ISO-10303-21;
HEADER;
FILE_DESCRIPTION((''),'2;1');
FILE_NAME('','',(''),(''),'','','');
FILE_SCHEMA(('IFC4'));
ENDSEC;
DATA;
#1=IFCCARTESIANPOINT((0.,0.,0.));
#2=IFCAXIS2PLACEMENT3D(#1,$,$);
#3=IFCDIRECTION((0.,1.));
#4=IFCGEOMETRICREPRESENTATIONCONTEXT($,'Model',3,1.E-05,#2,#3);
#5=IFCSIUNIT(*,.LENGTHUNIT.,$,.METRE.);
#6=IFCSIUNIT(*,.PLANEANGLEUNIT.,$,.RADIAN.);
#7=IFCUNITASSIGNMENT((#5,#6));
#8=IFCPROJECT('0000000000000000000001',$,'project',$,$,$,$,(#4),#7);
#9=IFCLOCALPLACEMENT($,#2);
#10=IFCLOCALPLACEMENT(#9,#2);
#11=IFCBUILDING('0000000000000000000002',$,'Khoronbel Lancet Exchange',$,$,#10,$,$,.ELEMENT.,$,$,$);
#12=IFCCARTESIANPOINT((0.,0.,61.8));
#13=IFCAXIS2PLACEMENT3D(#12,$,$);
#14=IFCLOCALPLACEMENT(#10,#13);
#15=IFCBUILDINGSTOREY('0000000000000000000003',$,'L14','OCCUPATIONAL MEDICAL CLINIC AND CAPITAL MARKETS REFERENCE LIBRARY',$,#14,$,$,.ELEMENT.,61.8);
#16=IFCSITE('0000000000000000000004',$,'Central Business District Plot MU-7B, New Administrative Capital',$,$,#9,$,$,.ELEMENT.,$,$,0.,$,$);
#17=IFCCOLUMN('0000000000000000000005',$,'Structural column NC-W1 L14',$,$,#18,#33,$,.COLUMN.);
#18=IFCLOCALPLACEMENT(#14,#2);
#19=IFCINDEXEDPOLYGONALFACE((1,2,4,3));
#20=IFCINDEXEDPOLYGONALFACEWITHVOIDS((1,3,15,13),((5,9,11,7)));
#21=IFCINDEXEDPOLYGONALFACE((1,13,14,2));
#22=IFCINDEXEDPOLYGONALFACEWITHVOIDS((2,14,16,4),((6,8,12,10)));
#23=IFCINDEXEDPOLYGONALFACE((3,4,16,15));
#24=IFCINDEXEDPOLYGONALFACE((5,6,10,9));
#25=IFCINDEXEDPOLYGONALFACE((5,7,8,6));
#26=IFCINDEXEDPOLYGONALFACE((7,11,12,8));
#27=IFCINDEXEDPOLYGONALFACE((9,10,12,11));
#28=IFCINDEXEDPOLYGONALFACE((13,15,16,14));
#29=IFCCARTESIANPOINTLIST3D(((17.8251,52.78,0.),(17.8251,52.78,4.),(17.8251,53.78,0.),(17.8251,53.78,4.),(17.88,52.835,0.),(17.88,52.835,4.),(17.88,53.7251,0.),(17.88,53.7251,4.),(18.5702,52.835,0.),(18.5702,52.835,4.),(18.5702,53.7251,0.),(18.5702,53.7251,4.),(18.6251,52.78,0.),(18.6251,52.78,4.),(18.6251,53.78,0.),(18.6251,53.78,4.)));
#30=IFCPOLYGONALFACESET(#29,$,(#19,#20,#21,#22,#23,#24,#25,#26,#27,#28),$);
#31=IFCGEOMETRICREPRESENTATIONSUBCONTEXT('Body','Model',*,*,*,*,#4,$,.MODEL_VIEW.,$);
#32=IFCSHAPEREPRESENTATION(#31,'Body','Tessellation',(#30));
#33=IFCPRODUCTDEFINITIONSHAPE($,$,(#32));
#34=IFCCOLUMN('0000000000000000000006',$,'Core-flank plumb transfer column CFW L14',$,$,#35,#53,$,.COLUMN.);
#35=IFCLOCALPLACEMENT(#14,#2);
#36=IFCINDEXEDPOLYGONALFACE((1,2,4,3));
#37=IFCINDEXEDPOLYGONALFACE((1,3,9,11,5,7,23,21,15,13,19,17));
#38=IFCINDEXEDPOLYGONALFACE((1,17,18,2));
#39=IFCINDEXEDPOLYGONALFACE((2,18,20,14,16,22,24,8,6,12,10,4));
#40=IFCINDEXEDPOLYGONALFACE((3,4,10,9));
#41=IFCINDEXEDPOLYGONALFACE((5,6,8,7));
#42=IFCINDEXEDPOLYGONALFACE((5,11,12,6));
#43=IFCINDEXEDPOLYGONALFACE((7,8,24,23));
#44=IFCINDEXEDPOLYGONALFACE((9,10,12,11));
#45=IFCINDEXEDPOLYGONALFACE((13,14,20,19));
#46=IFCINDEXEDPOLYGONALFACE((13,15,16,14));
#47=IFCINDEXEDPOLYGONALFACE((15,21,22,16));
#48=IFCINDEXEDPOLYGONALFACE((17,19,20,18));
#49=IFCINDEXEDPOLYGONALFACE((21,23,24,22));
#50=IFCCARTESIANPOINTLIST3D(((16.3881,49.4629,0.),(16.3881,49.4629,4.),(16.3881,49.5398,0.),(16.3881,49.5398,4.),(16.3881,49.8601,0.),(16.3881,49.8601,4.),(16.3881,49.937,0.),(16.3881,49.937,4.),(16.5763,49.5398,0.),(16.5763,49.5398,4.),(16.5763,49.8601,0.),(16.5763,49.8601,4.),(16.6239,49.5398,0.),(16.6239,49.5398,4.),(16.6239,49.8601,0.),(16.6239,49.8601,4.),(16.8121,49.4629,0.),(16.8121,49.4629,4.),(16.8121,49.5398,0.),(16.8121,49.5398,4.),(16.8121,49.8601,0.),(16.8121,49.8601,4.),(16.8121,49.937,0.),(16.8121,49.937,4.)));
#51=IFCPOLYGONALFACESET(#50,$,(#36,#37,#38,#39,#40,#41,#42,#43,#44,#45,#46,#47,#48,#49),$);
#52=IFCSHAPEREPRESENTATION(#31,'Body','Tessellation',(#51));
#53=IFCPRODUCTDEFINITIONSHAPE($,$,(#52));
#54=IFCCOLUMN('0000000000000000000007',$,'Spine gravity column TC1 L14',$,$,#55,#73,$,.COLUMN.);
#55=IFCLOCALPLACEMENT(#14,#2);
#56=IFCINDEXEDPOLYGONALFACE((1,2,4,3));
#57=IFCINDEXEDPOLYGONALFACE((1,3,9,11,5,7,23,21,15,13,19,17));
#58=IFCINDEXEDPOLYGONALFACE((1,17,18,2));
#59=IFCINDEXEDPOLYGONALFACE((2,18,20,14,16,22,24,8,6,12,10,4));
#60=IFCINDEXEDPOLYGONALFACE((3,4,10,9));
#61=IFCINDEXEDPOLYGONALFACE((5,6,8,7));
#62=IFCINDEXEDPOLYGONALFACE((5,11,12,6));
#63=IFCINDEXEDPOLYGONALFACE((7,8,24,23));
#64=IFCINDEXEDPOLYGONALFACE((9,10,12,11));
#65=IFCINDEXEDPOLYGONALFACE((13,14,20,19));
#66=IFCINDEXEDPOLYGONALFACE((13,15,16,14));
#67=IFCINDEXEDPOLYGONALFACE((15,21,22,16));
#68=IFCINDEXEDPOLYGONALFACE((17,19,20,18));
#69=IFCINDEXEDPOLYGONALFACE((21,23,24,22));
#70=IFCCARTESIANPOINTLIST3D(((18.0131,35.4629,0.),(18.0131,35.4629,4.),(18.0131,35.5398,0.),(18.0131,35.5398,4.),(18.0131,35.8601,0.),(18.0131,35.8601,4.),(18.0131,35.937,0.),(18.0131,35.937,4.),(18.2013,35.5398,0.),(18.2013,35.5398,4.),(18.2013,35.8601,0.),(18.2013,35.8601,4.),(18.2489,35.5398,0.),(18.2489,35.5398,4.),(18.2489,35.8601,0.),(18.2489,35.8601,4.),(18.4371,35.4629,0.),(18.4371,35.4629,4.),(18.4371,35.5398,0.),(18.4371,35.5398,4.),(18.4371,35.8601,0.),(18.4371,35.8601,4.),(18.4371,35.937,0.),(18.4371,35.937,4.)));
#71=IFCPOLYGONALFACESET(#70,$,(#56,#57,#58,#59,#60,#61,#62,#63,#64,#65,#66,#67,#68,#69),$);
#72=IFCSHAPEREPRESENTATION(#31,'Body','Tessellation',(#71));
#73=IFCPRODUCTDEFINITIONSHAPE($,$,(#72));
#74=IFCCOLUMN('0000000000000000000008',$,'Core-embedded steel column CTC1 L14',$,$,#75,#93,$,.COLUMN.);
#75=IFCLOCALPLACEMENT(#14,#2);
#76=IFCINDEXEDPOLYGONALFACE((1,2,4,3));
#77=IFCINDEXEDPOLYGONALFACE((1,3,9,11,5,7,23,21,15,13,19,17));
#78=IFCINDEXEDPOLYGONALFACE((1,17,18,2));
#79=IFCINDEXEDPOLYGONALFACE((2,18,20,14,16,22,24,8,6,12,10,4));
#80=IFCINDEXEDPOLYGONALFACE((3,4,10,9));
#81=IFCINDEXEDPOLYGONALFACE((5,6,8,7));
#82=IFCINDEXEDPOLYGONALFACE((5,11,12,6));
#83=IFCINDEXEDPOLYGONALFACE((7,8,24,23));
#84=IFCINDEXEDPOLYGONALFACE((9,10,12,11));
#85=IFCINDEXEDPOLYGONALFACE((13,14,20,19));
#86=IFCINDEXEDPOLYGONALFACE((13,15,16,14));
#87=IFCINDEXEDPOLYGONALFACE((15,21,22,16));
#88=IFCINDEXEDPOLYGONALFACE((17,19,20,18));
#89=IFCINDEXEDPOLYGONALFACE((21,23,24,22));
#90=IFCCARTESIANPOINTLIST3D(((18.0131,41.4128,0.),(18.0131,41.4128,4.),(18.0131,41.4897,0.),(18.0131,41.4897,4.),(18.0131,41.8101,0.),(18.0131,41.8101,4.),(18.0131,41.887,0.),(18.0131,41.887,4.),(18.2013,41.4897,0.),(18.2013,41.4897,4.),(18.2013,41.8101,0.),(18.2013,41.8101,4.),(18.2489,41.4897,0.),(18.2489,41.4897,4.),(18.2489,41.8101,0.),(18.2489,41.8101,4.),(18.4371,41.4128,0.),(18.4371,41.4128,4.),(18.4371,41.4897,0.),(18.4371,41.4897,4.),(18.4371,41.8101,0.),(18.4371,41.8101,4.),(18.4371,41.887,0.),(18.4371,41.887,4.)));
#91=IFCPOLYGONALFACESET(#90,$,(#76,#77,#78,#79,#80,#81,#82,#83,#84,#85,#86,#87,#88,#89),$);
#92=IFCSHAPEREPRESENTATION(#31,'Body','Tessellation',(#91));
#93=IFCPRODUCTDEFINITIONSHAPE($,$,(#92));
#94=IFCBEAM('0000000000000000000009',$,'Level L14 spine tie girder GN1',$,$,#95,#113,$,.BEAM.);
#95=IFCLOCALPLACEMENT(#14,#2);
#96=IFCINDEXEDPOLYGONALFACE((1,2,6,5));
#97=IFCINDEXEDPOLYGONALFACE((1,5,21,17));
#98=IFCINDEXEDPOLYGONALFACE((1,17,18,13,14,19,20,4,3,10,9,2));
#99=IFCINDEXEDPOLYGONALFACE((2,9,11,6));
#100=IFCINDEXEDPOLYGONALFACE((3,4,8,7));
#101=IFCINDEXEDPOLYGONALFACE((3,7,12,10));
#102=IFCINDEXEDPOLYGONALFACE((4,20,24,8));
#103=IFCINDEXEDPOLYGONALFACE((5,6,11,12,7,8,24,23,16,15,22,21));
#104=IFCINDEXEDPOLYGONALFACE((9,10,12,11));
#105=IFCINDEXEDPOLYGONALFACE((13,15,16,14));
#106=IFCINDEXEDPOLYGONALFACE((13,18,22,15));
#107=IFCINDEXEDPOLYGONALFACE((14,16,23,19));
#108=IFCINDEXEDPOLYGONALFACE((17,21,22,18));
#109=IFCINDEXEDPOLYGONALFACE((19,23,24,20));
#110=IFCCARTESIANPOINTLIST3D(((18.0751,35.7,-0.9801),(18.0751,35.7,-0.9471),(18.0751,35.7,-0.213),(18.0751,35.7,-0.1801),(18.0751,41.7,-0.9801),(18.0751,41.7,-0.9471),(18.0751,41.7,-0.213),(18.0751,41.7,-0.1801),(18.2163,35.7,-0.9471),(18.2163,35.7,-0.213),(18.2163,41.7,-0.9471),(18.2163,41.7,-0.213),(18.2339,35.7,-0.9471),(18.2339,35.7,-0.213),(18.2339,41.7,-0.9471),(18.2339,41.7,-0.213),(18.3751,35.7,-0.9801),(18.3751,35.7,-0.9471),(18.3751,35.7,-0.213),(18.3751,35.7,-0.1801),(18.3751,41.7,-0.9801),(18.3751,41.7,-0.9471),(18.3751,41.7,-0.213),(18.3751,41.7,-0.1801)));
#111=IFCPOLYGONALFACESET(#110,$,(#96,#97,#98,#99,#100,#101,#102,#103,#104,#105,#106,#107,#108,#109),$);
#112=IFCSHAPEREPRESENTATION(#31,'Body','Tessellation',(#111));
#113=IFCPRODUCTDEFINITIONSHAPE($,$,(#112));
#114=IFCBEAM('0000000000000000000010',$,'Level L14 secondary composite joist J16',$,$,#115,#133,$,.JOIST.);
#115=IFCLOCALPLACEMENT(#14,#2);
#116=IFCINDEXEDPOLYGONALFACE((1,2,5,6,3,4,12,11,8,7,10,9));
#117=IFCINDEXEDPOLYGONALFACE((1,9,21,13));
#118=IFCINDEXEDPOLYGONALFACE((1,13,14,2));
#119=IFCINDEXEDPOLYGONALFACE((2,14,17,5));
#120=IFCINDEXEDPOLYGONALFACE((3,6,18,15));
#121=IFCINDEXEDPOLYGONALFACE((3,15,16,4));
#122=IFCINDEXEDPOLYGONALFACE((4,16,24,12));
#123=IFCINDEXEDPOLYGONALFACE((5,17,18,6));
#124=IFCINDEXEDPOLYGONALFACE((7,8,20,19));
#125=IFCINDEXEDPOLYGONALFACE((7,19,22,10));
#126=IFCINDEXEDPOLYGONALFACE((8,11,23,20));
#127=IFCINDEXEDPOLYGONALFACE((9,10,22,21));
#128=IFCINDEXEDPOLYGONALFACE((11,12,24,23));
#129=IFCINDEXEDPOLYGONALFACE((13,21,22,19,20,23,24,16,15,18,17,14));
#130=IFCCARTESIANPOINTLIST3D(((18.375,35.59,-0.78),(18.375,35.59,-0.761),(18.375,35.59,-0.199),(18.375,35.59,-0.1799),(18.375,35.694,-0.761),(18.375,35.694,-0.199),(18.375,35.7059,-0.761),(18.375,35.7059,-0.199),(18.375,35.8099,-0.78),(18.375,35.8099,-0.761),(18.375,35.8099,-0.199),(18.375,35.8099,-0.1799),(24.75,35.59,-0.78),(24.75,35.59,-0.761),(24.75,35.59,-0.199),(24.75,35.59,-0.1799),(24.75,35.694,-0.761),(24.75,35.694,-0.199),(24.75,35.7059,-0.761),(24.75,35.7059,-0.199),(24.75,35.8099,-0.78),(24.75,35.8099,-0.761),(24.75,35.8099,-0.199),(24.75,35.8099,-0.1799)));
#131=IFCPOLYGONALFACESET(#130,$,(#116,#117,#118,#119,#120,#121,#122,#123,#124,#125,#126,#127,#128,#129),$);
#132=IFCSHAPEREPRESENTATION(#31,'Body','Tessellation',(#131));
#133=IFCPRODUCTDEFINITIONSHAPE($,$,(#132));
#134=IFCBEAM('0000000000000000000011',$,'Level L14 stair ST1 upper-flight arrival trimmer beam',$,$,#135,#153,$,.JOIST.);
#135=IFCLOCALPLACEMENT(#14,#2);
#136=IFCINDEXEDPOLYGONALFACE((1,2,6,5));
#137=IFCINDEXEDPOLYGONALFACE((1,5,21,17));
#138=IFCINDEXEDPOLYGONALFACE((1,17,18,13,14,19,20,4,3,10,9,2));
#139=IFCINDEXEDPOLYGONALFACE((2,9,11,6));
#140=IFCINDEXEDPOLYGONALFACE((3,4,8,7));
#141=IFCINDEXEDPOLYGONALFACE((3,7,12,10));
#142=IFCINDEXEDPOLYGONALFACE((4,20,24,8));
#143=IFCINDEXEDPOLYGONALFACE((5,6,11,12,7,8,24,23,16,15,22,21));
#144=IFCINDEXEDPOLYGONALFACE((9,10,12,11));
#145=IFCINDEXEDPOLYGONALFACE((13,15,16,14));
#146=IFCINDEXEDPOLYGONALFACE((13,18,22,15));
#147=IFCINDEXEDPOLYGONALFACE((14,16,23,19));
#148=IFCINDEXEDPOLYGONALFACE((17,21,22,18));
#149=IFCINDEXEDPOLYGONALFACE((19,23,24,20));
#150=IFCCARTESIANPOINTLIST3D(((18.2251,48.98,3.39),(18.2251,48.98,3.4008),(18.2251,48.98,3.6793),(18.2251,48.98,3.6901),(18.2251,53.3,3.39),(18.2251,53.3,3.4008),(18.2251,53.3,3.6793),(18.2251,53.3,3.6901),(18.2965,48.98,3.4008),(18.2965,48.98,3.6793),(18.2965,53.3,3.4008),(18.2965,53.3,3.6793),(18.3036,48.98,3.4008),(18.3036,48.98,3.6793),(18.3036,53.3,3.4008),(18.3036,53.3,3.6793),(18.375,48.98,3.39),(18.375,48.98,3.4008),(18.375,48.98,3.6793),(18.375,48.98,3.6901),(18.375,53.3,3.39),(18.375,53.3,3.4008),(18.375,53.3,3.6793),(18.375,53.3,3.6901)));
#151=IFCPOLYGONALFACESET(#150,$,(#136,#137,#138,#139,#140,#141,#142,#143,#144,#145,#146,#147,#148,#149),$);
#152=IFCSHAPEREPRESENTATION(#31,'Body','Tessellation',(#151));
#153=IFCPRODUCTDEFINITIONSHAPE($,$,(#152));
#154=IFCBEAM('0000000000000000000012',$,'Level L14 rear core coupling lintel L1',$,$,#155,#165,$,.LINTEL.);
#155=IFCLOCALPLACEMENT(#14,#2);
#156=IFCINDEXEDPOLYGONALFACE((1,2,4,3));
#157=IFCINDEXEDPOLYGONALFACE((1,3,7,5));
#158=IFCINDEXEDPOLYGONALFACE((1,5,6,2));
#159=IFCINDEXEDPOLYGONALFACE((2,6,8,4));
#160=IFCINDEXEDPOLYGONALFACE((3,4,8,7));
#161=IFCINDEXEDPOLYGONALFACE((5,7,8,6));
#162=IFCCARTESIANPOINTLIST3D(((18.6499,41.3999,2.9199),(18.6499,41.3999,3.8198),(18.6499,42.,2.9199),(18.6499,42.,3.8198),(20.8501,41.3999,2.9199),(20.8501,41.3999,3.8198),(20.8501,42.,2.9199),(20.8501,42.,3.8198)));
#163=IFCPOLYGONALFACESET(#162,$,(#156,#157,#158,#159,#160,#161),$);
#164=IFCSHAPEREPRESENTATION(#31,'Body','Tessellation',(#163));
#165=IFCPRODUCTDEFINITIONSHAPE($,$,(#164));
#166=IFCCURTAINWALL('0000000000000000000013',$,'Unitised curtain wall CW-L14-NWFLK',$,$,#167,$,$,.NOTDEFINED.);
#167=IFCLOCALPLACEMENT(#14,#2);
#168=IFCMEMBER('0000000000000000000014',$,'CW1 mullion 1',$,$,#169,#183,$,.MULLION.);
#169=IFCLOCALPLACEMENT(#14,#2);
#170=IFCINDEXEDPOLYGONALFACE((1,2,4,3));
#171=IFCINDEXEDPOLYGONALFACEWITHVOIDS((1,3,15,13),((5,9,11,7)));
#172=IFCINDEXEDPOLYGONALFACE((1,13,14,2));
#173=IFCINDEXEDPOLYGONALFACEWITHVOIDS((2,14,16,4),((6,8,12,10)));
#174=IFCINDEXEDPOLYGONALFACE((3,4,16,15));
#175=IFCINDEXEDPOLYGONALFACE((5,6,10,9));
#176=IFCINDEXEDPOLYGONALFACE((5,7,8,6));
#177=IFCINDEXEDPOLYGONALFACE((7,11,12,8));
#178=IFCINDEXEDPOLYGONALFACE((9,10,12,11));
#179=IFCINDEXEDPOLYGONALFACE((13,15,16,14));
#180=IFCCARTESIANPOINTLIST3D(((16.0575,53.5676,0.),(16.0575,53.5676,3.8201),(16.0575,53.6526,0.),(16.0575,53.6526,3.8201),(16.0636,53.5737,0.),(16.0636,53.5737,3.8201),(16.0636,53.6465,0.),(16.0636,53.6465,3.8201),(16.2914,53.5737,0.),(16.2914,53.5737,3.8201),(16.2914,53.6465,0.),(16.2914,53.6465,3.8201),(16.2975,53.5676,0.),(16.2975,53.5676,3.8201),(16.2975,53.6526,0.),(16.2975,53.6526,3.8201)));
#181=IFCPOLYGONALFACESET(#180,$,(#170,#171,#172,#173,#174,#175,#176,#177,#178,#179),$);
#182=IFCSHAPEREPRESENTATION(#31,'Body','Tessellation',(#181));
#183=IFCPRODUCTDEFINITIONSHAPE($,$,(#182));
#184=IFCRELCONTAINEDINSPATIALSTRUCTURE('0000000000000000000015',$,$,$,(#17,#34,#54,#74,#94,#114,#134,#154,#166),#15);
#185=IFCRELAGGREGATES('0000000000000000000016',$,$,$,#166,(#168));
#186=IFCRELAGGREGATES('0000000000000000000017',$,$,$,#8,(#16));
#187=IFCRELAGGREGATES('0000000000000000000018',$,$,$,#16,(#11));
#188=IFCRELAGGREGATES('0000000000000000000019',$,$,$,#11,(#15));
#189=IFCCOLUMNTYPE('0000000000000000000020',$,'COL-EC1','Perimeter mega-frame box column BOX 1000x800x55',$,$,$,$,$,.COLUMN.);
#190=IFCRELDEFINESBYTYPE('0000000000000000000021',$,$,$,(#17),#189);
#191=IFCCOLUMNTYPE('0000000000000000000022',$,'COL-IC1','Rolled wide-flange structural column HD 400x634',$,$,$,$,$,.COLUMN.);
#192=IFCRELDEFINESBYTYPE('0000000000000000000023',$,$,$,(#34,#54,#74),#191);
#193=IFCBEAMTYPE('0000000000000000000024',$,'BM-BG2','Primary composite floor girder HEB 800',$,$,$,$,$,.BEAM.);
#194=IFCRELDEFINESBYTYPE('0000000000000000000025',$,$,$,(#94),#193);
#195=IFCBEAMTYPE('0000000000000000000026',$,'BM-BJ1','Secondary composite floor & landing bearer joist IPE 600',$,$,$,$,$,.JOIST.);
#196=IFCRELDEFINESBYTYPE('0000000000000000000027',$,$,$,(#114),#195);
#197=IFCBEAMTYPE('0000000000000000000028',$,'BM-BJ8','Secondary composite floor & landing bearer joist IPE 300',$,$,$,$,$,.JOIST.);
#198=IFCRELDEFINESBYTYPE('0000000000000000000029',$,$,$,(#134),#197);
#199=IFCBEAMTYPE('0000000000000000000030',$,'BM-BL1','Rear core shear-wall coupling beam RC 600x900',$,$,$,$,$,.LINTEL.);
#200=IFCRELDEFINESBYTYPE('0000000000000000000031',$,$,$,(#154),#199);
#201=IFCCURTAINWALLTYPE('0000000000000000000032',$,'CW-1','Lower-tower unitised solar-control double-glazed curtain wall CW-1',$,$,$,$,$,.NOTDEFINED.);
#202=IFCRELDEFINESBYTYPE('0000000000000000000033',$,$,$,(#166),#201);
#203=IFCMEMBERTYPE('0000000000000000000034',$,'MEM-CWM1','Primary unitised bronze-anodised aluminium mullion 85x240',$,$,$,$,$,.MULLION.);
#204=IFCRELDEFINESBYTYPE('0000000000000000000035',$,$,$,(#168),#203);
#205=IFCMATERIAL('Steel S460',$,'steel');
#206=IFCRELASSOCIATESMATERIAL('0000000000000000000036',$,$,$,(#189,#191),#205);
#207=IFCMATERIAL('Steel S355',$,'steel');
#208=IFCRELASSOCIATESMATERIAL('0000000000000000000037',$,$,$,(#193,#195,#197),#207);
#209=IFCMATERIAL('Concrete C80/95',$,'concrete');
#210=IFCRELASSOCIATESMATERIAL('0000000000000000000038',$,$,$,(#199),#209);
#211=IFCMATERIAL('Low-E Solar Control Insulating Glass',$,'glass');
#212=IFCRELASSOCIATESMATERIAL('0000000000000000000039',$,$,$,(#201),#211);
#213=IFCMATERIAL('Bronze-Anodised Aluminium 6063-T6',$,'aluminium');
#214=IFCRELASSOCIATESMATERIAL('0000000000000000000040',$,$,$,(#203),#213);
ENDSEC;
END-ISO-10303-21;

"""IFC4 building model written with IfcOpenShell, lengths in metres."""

from ifc_helpers import new_model, si_unit, direction, frame, origin, origin_2d, place, context, subcontext, project, spatial, rectangle, hollow_rectangle, i_section, extrude, material, material_profile, profile_set, type_object, element, aggregate, save


model = new_model("IFC4")

# Units and contexts
model_context = context("Model", 3, precision=1e-05, world=origin(), true_north=direction((0.0, 1.0)))
body_context = subcontext(model_context, "Body", "Model", "MODEL_VIEW")
ifc_project = project(units=[si_unit("LENGTHUNIT", "METRE"), si_unit("PLANEANGLEUNIT", "RADIAN")], contexts=[model_context])

# Site, building, storey
site_placement = place(None, origin())
site = spatial("IfcSite", under=ifc_project, at=site_placement, Name="Central Business District Plot MU-7B, New Administrative Capital", CompositionType="ELEMENT", RefElevation=0.0)
building_placement = place(site_placement, origin())
building = spatial("IfcBuilding", under=site, at=building_placement, Name="Khoronbel Lancet Exchange", CompositionType="ELEMENT")
storey_placement = place(building_placement, frame((0.0, 0.0, 61.8)))
storey = spatial("IfcBuildingStorey", under=building, at=storey_placement, Name="L14", Description="OCCUPATIONAL MEDICAL CLINIC AND CAPITAL MARKETS REFERENCE LIBRARY", CompositionType="ELEMENT", Elevation=61.8)

# Columns
ifc_material_1 = material(Name="Steel S460", Category="steel")
ifc_material_profile_1 = material_profile(ifc_material_1, hollow_rectangle(XDim=0.8, YDim=1.0, WallThickness=0.0549, at=origin_2d()), Name="BOX 1000x800x55")
ifc_profile_set_1 = profile_set([ifc_material_profile_1], Name="Steel S460")
column_type_1 = type_object("IfcColumnType", Name="COL-EC1", Description="Perimeter mega-frame box column BOX 1000x800x55", PredefinedType="COLUMN", material=ifc_profile_set_1)
column_placement = place(storey_placement, frame((18.2251, 53.28, 0.0), z_axis=(0.0, 0.0, 1.0), x_axis=(1.0, 0.0, 0.0)))
element("IfcColumn", 1, at=column_placement, inside=storey, type_object=column_type_1, Name="Structural column NC-W1 L14", PredefinedType="COLUMN", context=body_context, shape_type="SweptSolid", body=[
    extrude(hollow_rectangle(XDim=0.8, YDim=1.0, WallThickness=0.0549, at=origin_2d()), origin(), (0.0, 0.0, 1.0), 4.0),
])
ifc_material_profile_2 = material_profile(ifc_material_1, i_section(OverallWidth=0.4241, OverallDepth=0.4741, WebThickness=0.0476, FlangeThickness=0.0769, at=origin_2d()), Name="HD 400x634")
ifc_profile_set_2 = profile_set([ifc_material_profile_2], Name="Steel S460")
column_type_2 = type_object("IfcColumnType", Name="COL-IC1", Description="Rolled wide-flange structural column HD 400x634", PredefinedType="COLUMN", material=ifc_profile_set_2)
for number, where, z_axis, x_axis, name in (
    (2, (16.6001, 49.7, 0.0), (0.0, 0.0, 1.0), (1.0, 0.0, 0.0), "Core-flank plumb transfer column CFW L14"),
    (3, (18.2251, 35.7, 0.0), (0.0, 0.0, 1.0), (1.0, 0.0, 0.0), "Spine gravity column TC1 L14"),
    (4, (18.2251, 41.6499, 0.0), (0.0, 0.0, 1.0), (1.0, 0.0, 0.0), "Core-embedded steel column CTC1 L14"),
):
    element("IfcColumn", number, at=place(storey_placement, frame(where, z_axis=z_axis, x_axis=x_axis)), inside=storey, type_object=column_type_2, Name=name, PredefinedType="COLUMN", context=body_context, shape_type="SweptSolid", body=[
        extrude(i_section(OverallWidth=0.4241, OverallDepth=0.4741, WebThickness=0.0476, FlangeThickness=0.0769, at=origin_2d()), origin(), (0.0, 0.0, 1.0), 4.0),
    ])

# Beams
ifc_material_2 = material(Name="Steel S355", Category="steel")
ifc_material_profile_3 = material_profile(ifc_material_2, i_section(OverallWidth=0.3, OverallDepth=0.8, WebThickness=0.0176, FlangeThickness=0.033, at=origin_2d()), Name="HEB 800")
ifc_profile_set_3 = profile_set([ifc_material_profile_3], Name="Steel S355")
beam_type_1 = type_object("IfcBeamType", Name="BM-BG2", Description="Primary composite floor girder HEB 800", PredefinedType="BEAM", material=ifc_profile_set_3)
beam_1_placement = place(storey_placement, frame((18.2251, 35.7, -0.5801), z_axis=(0.0, 1.0, 0.0), x_axis=(-1.0, 0.0, 0.0)))
element("IfcBeam", 5, at=beam_1_placement, inside=storey, type_object=beam_type_1, Name="Level L14 spine tie girder GN1", PredefinedType="BEAM", context=body_context, shape_type="SweptSolid", body=[
    extrude(i_section(OverallWidth=0.3, OverallDepth=0.8, WebThickness=0.0176, FlangeThickness=0.033, at=origin_2d()), origin(), (0.0, 0.0, 1.0), 6.0),
])
ifc_material_profile_4 = material_profile(ifc_material_2, i_section(OverallWidth=0.22, OverallDepth=0.6001, WebThickness=0.012, FlangeThickness=0.019, at=origin_2d()), Name="IPE 600")
ifc_profile_set_4 = profile_set([ifc_material_profile_4], Name="Steel S355")
beam_type_2 = type_object("IfcBeamType", Name="BM-BJ1", Description="Secondary composite floor & landing bearer joist IPE 600", PredefinedType="JOIST", material=ifc_profile_set_4)
beam_2_placement = place(storey_placement, frame((18.375, 35.7, -0.48), z_axis=(1.0, 0.0, 0.0), x_axis=(0.0, 1.0, 0.0)))
element("IfcBeam", 6, at=beam_2_placement, inside=storey, type_object=beam_type_2, Name="Level L14 secondary composite joist J16", PredefinedType="JOIST", context=body_context, shape_type="SweptSolid", body=[
    extrude(i_section(OverallWidth=0.22, OverallDepth=0.6001, WebThickness=0.012, FlangeThickness=0.019, at=origin_2d()), origin(), (0.0, 0.0, 1.0), 6.375),
])
ifc_material_profile_5 = material_profile(ifc_material_2, i_section(OverallWidth=0.1499, OverallDepth=0.3, WebThickness=0.0071, FlangeThickness=0.0107, at=origin_2d()), Name="IPE 300")
ifc_profile_set_5 = profile_set([ifc_material_profile_5], Name="Steel S355")
beam_type_3 = type_object("IfcBeamType", Name="BM-BJ8", Description="Secondary composite floor & landing bearer joist IPE 300", PredefinedType="JOIST", material=ifc_profile_set_5)
beam_3_placement = place(storey_placement, frame((18.3, 48.98, 3.54), z_axis=(0.0, 1.0, 0.0), x_axis=(-1.0, 0.0, 0.0)))
element("IfcBeam", 7, at=beam_3_placement, inside=storey, type_object=beam_type_3, Name="Level L14 stair ST1 upper-flight arrival trimmer beam", PredefinedType="JOIST", context=body_context, shape_type="SweptSolid", body=[
    extrude(i_section(OverallWidth=0.1499, OverallDepth=0.3, WebThickness=0.0071, FlangeThickness=0.0107, at=origin_2d()), origin(), (0.0, 0.0, 1.0), 4.3201),
])
ifc_material_3 = material(Name="Concrete C80/95", Category="concrete")
ifc_material_profile_6 = material_profile(ifc_material_3, rectangle(XDim=0.6001, YDim=0.8999, at=origin_2d()), Name="RC 600x900")
ifc_profile_set_6 = profile_set([ifc_material_profile_6], Name="Concrete C80/95")
beam_type_4 = type_object("IfcBeamType", Name="BM-BL1", Description="Rear core shear-wall coupling beam RC 600x900", PredefinedType="LINTEL", material=ifc_profile_set_6)
beam_4_placement = place(storey_placement, frame((18.6499, 41.7, 3.3699), z_axis=(1.0, 0.0, 0.0), x_axis=(0.0, 1.0, 0.0)))
element("IfcBeam", 8, at=beam_4_placement, inside=storey, type_object=beam_type_4, Name="Level L14 rear core coupling lintel L1", PredefinedType="LINTEL", context=body_context, shape_type="SweptSolid", body=[
    extrude(rectangle(XDim=0.6001, YDim=0.8999, at=origin_2d()), origin(), (0.0, 0.0, 1.0), 2.2002),
])

# Curtain wall, member
ifc_material_4 = material(Name="Low-E Solar Control Insulating Glass", Category="glass")
curtain_wall_type = type_object("IfcCurtainWallType", Name="CW-1", Description="Lower-tower unitised solar-control double-glazed curtain wall CW-1", PredefinedType="NOTDEFINED", material=ifc_material_4)
curtain_wall_placement = place(storey_placement, origin())
curtain_wall = element("IfcCurtainWall", 9, at=curtain_wall_placement, inside=storey, type_object=curtain_wall_type, Name="Unitised curtain wall CW-L14-NWFLK", PredefinedType="NOTDEFINED")
ifc_material_5 = material(Name="Bronze-Anodised Aluminium 6063-T6", Category="aluminium")
ifc_material_profile_7 = material_profile(ifc_material_5, hollow_rectangle(XDim=0.085, YDim=0.24, WallThickness=0.0061, at=origin_2d()), Name="ALU MULLION 85x240")
ifc_profile_set_7 = profile_set([ifc_material_profile_7], Name="Bronze-Anodised Aluminium 6063-T6")
member_type_1 = type_object("IfcMemberType", Name="MEM-CWM1", Description="Primary unitised bronze-anodised aluminium mullion 85x240", PredefinedType="MULLION", material=ifc_profile_set_7)
member_1_placement = place(storey_placement, frame((16.1775, 53.6101, 0.0), z_axis=(0.0, 0.0, 1.0), x_axis=(0.0, -1.0, 0.0)))
member_1 = element("IfcMember", 10, at=member_1_placement, type_object=member_type_1, Name="CW1 mullion 1", PredefinedType="MULLION", context=body_context, shape_type="SweptSolid", body=[
    extrude(hollow_rectangle(XDim=0.085, YDim=0.24, WallThickness=0.0061, at=origin_2d()), origin(), (0.0, 0.0, 1.0), 3.8201),
])
aggregate(curtain_wall, [member_1])

save(model, "model.ifc")
